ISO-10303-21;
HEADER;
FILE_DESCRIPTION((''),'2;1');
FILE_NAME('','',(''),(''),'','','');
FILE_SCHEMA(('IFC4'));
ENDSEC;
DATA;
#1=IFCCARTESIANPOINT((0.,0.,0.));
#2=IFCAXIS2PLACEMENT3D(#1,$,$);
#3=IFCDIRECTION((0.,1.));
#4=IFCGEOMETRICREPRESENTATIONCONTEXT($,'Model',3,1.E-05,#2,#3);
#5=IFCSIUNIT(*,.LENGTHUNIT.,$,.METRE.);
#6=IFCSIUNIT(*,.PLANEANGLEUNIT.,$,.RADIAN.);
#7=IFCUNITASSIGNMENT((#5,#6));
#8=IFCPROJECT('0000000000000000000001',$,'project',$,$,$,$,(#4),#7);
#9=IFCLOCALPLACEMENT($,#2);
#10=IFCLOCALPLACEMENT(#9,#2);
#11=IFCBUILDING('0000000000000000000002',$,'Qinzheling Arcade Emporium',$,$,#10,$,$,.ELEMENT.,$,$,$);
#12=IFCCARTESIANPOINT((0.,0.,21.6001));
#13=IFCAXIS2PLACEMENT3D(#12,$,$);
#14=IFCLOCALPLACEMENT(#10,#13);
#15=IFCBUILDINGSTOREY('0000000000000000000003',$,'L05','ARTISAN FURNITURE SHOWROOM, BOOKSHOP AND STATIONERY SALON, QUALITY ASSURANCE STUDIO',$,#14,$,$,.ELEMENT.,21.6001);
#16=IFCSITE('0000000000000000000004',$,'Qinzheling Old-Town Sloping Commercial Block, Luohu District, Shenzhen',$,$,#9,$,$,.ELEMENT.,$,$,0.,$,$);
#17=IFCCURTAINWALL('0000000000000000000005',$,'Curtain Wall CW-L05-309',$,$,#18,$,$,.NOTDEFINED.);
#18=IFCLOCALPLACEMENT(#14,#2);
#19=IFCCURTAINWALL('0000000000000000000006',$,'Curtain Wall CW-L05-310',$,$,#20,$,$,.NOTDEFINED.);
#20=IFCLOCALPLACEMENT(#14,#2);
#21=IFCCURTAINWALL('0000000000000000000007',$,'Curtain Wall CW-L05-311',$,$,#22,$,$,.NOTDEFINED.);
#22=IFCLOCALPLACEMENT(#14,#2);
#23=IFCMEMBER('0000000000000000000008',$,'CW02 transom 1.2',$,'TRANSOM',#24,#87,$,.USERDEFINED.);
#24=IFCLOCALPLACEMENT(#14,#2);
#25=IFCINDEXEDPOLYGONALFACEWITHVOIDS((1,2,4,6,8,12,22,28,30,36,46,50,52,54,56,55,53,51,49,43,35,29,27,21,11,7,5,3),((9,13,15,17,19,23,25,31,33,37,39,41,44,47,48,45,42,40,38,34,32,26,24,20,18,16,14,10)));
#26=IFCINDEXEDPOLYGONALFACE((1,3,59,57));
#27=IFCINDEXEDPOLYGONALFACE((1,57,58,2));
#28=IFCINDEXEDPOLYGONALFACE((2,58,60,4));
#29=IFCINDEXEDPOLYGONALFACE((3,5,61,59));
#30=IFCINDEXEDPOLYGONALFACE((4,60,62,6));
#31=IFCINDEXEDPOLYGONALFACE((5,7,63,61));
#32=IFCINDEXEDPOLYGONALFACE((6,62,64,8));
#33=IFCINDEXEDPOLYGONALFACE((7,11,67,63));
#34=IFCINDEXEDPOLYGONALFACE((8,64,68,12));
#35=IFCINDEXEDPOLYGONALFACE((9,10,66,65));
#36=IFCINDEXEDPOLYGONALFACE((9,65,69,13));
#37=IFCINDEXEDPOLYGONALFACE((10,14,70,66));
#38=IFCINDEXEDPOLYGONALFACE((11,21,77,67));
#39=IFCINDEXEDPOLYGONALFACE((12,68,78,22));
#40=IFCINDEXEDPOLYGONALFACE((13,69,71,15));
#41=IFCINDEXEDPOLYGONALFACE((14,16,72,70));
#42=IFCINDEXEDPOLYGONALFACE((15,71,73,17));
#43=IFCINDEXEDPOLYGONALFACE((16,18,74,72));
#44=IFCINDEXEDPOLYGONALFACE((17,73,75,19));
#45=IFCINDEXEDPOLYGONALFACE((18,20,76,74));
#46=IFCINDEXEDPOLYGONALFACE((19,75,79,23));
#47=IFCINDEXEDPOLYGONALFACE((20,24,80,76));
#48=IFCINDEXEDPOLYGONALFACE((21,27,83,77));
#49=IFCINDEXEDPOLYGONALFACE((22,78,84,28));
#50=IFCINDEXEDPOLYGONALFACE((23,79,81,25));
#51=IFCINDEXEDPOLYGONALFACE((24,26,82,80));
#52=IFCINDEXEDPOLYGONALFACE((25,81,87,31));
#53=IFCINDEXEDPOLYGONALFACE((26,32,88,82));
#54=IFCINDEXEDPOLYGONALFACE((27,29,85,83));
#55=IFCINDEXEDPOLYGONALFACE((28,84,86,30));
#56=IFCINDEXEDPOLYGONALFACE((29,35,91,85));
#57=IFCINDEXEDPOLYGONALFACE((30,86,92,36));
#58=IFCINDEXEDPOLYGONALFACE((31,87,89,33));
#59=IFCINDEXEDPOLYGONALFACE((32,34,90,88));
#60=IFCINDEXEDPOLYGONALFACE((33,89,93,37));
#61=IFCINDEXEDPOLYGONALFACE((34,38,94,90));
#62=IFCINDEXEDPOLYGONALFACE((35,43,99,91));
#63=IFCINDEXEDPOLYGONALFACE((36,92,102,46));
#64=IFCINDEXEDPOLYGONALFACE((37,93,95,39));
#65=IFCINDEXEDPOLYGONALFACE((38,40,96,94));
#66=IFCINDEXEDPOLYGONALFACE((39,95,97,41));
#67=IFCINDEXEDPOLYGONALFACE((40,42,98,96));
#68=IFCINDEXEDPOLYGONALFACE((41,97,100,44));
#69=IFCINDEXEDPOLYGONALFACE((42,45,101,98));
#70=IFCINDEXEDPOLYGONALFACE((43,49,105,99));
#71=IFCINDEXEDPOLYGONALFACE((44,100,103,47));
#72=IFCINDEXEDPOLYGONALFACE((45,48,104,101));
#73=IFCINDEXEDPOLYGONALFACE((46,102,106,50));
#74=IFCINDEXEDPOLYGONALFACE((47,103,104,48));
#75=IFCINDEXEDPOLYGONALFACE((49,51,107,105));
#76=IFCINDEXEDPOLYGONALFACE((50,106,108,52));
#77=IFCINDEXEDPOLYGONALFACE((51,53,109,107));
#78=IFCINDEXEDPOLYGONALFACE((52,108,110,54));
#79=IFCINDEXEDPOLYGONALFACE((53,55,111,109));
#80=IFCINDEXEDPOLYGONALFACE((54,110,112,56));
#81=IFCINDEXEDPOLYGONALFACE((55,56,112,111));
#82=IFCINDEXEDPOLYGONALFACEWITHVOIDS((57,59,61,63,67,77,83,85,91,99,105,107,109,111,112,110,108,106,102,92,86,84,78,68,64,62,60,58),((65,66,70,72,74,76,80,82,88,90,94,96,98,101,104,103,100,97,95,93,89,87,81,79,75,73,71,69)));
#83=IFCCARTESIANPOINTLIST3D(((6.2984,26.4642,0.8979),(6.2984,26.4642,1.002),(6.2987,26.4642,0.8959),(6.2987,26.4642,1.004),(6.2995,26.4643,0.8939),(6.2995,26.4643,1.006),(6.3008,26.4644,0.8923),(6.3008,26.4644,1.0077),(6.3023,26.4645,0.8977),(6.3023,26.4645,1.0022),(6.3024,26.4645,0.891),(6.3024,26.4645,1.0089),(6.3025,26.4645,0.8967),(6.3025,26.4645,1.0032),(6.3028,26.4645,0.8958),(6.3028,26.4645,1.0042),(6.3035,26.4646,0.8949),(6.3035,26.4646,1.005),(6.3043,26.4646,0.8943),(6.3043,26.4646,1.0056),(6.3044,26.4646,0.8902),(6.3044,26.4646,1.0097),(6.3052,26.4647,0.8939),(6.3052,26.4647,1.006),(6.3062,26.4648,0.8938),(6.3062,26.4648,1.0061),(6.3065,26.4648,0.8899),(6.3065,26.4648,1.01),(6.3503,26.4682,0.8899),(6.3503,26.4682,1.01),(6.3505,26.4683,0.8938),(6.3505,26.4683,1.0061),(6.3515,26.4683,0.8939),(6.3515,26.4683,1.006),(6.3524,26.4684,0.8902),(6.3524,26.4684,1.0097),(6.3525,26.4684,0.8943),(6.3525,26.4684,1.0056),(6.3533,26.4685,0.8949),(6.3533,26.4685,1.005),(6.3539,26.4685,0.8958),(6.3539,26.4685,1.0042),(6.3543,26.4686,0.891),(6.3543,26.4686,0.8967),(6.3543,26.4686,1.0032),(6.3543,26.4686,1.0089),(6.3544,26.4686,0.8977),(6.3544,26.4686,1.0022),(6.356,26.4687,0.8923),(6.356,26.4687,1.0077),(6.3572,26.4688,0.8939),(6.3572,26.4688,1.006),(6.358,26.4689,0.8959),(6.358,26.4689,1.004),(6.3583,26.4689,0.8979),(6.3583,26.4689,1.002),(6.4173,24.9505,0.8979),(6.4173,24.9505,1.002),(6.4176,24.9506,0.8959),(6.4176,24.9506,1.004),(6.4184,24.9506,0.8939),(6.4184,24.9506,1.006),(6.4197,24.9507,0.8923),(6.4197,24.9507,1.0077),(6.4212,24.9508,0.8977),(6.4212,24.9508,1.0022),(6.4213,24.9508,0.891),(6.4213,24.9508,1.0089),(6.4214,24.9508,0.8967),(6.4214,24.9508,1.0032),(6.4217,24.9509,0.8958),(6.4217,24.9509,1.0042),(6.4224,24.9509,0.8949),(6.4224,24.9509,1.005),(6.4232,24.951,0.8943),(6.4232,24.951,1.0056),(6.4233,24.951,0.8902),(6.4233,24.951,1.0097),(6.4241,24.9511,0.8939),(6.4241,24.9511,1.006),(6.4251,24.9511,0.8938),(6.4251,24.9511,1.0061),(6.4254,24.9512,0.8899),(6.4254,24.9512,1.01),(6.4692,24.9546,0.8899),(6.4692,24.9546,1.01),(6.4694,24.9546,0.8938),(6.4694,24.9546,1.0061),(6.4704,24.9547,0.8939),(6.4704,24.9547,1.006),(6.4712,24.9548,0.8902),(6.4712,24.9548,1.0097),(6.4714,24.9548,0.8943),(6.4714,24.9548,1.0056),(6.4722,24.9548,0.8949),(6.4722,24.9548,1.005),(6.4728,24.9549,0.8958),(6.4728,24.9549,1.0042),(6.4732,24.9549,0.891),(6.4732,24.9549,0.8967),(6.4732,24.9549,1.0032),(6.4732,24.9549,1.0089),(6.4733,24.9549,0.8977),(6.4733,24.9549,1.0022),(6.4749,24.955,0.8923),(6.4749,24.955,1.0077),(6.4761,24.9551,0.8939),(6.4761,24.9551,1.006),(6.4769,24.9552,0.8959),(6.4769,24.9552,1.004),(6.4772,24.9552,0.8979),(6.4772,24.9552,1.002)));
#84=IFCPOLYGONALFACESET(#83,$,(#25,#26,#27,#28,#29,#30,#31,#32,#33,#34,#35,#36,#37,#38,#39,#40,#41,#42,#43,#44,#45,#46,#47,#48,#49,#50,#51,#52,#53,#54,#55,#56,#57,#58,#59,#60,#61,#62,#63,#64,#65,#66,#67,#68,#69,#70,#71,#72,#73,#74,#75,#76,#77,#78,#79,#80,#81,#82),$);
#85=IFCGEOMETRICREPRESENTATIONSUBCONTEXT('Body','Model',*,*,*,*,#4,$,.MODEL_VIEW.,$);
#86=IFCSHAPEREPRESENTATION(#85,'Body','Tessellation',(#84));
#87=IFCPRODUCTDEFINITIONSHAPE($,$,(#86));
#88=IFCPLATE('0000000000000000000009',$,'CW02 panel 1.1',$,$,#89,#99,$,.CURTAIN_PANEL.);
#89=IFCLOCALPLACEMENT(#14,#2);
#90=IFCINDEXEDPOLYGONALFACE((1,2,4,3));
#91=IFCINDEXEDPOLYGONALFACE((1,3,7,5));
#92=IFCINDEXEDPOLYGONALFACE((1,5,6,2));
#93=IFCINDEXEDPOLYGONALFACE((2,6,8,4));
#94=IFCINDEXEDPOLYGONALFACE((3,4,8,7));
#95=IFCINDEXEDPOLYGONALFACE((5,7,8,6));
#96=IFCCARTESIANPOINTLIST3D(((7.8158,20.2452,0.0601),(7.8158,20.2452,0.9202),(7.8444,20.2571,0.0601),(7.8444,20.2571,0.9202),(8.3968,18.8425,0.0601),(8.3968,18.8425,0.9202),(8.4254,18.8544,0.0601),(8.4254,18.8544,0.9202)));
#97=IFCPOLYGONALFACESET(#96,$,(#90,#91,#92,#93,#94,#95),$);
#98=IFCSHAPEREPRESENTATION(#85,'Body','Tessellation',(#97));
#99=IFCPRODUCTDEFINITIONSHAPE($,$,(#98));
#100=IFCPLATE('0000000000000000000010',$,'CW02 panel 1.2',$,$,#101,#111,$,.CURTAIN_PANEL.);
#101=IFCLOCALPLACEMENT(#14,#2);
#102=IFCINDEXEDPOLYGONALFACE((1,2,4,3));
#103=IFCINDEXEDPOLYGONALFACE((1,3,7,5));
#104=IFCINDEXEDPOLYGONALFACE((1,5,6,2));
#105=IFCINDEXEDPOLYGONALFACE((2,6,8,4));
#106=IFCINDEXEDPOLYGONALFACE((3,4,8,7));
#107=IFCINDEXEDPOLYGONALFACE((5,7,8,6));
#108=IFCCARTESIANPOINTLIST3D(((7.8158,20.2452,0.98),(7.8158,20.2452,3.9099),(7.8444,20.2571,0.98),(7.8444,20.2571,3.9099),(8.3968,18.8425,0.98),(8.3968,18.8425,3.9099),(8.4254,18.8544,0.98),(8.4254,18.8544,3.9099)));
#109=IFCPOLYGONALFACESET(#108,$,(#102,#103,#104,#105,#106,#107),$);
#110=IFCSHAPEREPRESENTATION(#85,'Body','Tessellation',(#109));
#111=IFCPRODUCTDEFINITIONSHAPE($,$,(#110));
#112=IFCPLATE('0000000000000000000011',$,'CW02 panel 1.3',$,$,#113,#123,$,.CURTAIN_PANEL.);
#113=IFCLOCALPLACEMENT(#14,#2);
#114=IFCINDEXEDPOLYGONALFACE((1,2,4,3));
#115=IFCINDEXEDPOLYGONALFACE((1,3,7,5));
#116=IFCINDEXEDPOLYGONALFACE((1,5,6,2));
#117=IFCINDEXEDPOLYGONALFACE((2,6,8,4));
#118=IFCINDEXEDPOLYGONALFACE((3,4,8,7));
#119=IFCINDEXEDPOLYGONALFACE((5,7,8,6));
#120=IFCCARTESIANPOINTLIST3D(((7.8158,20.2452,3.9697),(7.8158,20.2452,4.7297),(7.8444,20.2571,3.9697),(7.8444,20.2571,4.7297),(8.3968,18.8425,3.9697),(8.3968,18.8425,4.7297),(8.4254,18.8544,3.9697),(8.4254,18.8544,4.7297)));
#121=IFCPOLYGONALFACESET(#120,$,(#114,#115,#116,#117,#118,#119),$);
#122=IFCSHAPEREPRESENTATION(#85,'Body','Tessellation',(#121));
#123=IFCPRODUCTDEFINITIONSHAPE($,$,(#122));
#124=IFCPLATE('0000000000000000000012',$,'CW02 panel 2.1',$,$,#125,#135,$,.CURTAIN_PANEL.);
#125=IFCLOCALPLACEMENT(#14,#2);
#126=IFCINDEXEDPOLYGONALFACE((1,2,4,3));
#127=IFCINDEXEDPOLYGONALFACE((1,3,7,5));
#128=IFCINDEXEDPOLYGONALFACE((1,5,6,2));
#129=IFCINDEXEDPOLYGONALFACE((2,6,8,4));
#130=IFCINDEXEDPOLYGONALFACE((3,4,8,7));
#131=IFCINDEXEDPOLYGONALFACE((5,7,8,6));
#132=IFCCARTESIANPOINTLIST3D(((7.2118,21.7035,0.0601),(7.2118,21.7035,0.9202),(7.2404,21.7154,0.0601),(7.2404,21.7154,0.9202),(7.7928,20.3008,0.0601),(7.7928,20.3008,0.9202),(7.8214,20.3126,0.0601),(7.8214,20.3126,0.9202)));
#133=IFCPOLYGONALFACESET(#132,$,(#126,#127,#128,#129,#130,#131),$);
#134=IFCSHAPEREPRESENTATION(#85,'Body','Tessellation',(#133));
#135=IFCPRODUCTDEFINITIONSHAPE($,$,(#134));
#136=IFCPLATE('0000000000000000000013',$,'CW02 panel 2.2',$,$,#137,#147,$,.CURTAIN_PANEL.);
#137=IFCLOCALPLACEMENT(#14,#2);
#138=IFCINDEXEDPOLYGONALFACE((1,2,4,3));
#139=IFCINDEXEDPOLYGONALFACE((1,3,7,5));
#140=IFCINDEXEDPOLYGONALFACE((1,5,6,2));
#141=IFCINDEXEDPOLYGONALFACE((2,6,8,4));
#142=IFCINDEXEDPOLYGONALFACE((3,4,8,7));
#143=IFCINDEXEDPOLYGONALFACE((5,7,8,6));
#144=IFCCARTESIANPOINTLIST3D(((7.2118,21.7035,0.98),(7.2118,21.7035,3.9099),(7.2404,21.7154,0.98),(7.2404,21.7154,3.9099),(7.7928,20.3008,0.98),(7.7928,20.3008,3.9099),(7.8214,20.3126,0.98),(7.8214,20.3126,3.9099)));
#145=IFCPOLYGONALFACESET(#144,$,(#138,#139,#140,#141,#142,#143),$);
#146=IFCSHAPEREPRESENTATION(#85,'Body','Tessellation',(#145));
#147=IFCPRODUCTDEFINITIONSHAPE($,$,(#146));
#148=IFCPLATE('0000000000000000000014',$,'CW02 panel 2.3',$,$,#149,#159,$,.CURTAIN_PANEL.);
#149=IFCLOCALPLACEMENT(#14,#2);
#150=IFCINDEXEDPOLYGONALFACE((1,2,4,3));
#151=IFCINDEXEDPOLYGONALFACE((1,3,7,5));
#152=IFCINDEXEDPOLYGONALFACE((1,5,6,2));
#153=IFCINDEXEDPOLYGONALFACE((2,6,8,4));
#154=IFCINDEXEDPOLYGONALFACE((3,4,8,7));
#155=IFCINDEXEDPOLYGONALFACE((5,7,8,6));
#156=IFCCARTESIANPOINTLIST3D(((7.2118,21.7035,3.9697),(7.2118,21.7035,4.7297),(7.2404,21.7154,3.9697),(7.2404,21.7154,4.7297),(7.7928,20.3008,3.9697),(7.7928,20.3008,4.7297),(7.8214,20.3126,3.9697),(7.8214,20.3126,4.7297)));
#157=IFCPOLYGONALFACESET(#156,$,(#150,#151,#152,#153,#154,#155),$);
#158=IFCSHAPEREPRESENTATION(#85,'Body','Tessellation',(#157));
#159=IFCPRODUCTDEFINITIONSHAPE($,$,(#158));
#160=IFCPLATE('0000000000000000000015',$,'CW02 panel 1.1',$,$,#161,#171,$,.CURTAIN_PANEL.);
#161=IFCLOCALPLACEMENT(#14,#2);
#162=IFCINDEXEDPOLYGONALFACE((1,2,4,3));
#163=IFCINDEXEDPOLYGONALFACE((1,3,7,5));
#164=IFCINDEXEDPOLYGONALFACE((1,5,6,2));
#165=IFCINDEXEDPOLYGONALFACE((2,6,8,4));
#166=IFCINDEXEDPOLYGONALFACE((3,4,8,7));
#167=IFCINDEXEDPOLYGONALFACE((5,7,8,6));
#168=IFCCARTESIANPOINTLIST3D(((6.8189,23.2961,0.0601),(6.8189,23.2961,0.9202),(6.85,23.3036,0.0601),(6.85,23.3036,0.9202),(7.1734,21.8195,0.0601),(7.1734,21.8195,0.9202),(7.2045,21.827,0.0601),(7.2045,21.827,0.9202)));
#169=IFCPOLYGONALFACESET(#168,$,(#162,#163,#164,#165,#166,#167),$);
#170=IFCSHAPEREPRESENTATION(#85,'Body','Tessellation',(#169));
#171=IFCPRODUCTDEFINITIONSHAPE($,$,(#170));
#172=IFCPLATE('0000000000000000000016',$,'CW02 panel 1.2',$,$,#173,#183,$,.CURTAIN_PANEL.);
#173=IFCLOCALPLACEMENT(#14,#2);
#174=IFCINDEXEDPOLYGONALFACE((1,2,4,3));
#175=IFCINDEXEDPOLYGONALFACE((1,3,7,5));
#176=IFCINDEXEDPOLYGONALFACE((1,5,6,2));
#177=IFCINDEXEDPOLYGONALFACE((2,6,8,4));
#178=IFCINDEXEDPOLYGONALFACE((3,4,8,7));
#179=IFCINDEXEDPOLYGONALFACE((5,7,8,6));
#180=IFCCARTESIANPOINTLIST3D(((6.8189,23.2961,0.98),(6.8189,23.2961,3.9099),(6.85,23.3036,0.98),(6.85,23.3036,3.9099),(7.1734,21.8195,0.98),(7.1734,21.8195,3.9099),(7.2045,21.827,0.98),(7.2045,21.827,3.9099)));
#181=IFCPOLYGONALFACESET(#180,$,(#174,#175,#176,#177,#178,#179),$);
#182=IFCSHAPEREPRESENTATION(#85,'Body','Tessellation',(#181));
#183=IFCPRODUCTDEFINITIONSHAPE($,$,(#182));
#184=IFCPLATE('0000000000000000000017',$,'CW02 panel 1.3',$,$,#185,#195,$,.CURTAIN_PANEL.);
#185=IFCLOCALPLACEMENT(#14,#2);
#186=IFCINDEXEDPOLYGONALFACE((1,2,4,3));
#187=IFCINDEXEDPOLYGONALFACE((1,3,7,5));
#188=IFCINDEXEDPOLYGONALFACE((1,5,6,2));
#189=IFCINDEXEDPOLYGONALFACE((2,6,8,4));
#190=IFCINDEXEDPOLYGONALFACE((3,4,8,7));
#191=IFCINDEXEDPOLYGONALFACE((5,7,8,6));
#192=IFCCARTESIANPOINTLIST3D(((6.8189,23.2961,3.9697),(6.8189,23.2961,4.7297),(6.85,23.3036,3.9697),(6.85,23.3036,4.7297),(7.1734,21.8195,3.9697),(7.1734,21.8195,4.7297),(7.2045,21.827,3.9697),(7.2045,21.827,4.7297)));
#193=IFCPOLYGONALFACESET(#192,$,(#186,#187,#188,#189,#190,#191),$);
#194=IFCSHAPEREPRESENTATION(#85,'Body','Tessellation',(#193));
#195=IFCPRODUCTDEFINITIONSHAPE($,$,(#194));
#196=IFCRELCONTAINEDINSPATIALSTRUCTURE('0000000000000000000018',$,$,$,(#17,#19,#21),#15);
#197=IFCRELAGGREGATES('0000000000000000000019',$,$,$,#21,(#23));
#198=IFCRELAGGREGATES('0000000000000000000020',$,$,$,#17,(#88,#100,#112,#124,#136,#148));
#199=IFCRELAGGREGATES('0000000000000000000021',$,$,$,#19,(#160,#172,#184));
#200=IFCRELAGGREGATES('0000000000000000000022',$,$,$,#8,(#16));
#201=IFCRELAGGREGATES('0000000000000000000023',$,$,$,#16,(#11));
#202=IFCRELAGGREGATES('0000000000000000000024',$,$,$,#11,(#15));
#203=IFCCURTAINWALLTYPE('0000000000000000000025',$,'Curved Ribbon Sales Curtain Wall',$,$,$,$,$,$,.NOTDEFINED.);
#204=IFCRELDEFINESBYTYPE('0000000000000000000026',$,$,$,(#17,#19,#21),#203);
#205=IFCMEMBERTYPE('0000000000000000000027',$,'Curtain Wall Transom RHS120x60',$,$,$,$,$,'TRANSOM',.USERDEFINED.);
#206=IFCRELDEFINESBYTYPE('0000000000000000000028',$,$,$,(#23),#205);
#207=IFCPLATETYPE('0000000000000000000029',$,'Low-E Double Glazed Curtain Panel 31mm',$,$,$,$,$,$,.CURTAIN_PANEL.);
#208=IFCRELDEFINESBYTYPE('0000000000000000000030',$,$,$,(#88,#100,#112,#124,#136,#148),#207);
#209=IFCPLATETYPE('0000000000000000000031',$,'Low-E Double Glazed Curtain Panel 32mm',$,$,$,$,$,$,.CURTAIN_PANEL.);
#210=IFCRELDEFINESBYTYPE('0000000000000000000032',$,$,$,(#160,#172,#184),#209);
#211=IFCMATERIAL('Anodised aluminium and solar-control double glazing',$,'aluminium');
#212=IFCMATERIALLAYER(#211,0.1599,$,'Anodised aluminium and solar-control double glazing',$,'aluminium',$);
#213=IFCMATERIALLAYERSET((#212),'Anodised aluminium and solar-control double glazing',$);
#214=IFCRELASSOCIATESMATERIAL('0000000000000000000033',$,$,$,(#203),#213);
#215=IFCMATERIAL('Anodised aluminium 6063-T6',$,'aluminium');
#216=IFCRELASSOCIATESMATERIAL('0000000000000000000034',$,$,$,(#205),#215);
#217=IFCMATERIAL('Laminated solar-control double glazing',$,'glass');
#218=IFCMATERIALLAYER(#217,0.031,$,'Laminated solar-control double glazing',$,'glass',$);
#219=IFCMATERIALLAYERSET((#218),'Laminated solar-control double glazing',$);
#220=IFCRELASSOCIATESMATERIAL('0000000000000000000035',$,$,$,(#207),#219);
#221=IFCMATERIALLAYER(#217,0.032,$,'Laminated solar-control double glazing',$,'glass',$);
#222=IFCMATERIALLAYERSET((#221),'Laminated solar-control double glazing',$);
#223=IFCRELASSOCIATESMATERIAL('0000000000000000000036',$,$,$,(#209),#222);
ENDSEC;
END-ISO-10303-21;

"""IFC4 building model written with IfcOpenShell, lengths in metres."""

from ifc_helpers import new_model, si_unit, direction, frame, origin, origin_2d, place, context, subcontext, project, spatial, rectangle, hollow_rectangle, extrude, material, layer, layer_set, material_profile, profile_set, type_object, element, aggregate, save


model = new_model("IFC4")

# Units and contexts
model_context = context("Model", 3, precision=1e-05, world=origin(), true_north=direction((0.0, 1.0)))
body_context = subcontext(model_context, "Body", "Model", "MODEL_VIEW")
ifc_project = project(units=[si_unit("LENGTHUNIT", "METRE"), si_unit("PLANEANGLEUNIT", "RADIAN")], contexts=[model_context])

# Site, building, storey
site_placement = place(None, origin())
site = spatial("IfcSite", under=ifc_project, at=site_placement, Name="Qinzheling Old-Town Sloping Commercial Block, Luohu District, Shenzhen", CompositionType="ELEMENT", RefElevation=0.0)
building_placement = place(site_placement, origin())
building = spatial("IfcBuilding", under=site, at=building_placement, Name="Qinzheling Arcade Emporium", CompositionType="ELEMENT")
storey_placement = place(building_placement, frame((0.0, 0.0, 21.6001)))
storey = spatial("IfcBuildingStorey", under=building, at=storey_placement, Name="L05", Description="ARTISAN FURNITURE SHOWROOM, BOOKSHOP AND STATIONERY SALON, QUALITY ASSURANCE STUDIO", CompositionType="ELEMENT", Elevation=21.6001)

# Curtain walls
ifc_material_1 = material(Name="Anodised aluminium and solar-control double glazing", Category="aluminium")
ifc_layer_1 = layer(ifc_material_1, 0.1599, Name="Anodised aluminium and solar-control double glazing", Category="aluminium")
ifc_layer_set_1 = layer_set([ifc_layer_1], Name="Anodised aluminium and solar-control double glazing")
curtain_wall_type = type_object("IfcCurtainWallType", Name="Curved Ribbon Sales Curtain Wall", PredefinedType="NOTDEFINED", material=ifc_layer_set_1)
curtain_wall_1_placement = place(storey_placement, origin())
curtain_wall_1 = element("IfcCurtainWall", 1, at=curtain_wall_1_placement, inside=storey, type_object=curtain_wall_type, Name="Curtain Wall CW-L05-309", PredefinedType="NOTDEFINED")
ifc_material_2 = material(Name="Anodised aluminium 6063-T6", Category="aluminium")
curtain_wall_2_placement = place(storey_placement, origin())
curtain_wall_2 = element("IfcCurtainWall", 2, at=curtain_wall_2_placement, inside=storey, type_object=curtain_wall_type, Name="Curtain Wall CW-L05-310", PredefinedType="NOTDEFINED")

# Curtain wall
curtain_wall_3_placement = place(storey_placement, origin())
curtain_wall_3 = element("IfcCurtainWall", 3, at=curtain_wall_3_placement, inside=storey, type_object=curtain_wall_type, Name="Curtain Wall CW-L05-311", PredefinedType="NOTDEFINED")

# Member
ifc_material_profile_1 = material_profile(ifc_material_2, hollow_rectangle(XDim=0.0601, YDim=0.1201, WallThickness=0.0039, InnerFilletRadius=0.0039, OuterFilletRadius=0.0081, at=origin_2d()), Name="RHS 120x60x4", Category="aluminium")
ifc_profile_set_1 = profile_set([ifc_material_profile_1], Name="Anodised aluminium 6063-T6")
member_type_1 = type_object("IfcMemberType", Name="Curtain Wall Transom RHS120x60", ElementType="TRANSOM", PredefinedType="USERDEFINED", material=ifc_profile_set_1)
member_1_placement = place(storey_placement, frame((6.4473, 24.9529, 0.95), z_axis=(-0.078307, 0.996929, 0.0), x_axis=(-0.996929, -0.078307, 0.0)))
member_1 = element("IfcMember", 4, at=member_1_placement, type_object=member_type_1, Name="CW02 transom 1.2", ObjectType="TRANSOM", PredefinedType="USERDEFINED", context=body_context, shape_type="SweptSolid", body=[
    extrude(hollow_rectangle(XDim=0.0601, YDim=0.1201, WallThickness=0.0039, InnerFilletRadius=0.0039, OuterFilletRadius=0.0081, at=origin_2d()), origin(), (0.0, 0.0, 1.0), 1.5183),
])
aggregate(curtain_wall_3, [member_1])

# Plates
ifc_material_3 = material(Name="Laminated solar-control double glazing", Category="glass")
ifc_layer_2 = layer(ifc_material_3, 0.031, Name="Laminated solar-control double glazing", Category="glass")
ifc_layer_set_2 = layer_set([ifc_layer_2], Name="Laminated solar-control double glazing")
plate_type_1 = type_object("IfcPlateType", Name="Low-E Double Glazed Curtain Panel 31mm", PredefinedType="CURTAIN_PANEL", material=ifc_layer_set_2)
plate_1_placement = place(storey_placement, frame((8.1206, 19.5498, 0.0601), z_axis=(0.0, 0.0, 1.0), x_axis=(-0.382672, 0.923884, 0.0)))
plate_1 = element("IfcPlate", 5, at=plate_1_placement, type_object=plate_type_1, Name="CW02 panel 1.1", PredefinedType="CURTAIN_PANEL", context=body_context, shape_type="SweptSolid", body=[
    extrude(rectangle(XDim=1.5183, YDim=0.031, at=origin_2d()), origin(), (0.0, 0.0, 1.0), 0.8601),
])
plate_2_placement = place(storey_placement, frame((8.1206, 19.5498, 0.98), z_axis=(0.0, 0.0, 1.0), x_axis=(-0.382672, 0.923884, 0.0)))
plate_2 = element("IfcPlate", 6, at=plate_2_placement, type_object=plate_type_1, Name="CW02 panel 1.2", PredefinedType="CURTAIN_PANEL", context=body_context, shape_type="SweptSolid", body=[
    extrude(rectangle(XDim=1.5183, YDim=0.031, at=origin_2d()), origin(), (0.0, 0.0, 1.0), 2.9299),
])
plate_3_placement = place(storey_placement, frame((8.1206, 19.5498, 3.9697), z_axis=(0.0, 0.0, 1.0), x_axis=(-0.382672, 0.923884, 0.0)))
plate_3 = element("IfcPlate", 7, at=plate_3_placement, type_object=plate_type_1, Name="CW02 panel 1.3", PredefinedType="CURTAIN_PANEL", context=body_context, shape_type="SweptSolid", body=[
    extrude(rectangle(XDim=1.5183, YDim=0.031, at=origin_2d()), origin(), (0.0, 0.0, 1.0), 0.76),
])
plate_4_placement = place(storey_placement, frame((7.5166, 21.0081, 0.0601), z_axis=(0.0, 0.0, 1.0), x_axis=(-0.382672, 0.923884, 0.0)))
plate_4 = element("IfcPlate", 8, at=plate_4_placement, type_object=plate_type_1, Name="CW02 panel 2.1", PredefinedType="CURTAIN_PANEL", context=body_context, shape_type="SweptSolid", body=[
    extrude(rectangle(XDim=1.5183, YDim=0.031, at=origin_2d()), origin(), (0.0, 0.0, 1.0), 0.8601),
])
plate_5_placement = place(storey_placement, frame((7.5166, 21.0081, 0.98), z_axis=(0.0, 0.0, 1.0), x_axis=(-0.382672, 0.923884, 0.0)))
plate_5 = element("IfcPlate", 9, at=plate_5_placement, type_object=plate_type_1, Name="CW02 panel 2.2", PredefinedType="CURTAIN_PANEL", context=body_context, shape_type="SweptSolid", body=[
    extrude(rectangle(XDim=1.5183, YDim=0.031, at=origin_2d()), origin(), (0.0, 0.0, 1.0), 2.9299),
])
plate_6_placement = place(storey_placement, frame((7.5166, 21.0081, 3.9697), z_axis=(0.0, 0.0, 1.0), x_axis=(-0.382672, 0.923884, 0.0)))
plate_6 = element("IfcPlate", 10, at=plate_6_placement, type_object=plate_type_1, Name="CW02 panel 2.3", PredefinedType="CURTAIN_PANEL", context=body_context, shape_type="SweptSolid", body=[
    extrude(rectangle(XDim=1.5183, YDim=0.031, at=origin_2d()), origin(), (0.0, 0.0, 1.0), 0.76),
])
aggregate(curtain_wall_1, [plate_1, plate_2, plate_3, plate_4, plate_5, plate_6])
ifc_layer_3 = layer(ifc_material_3, 0.032, Name="Laminated solar-control double glazing", Category="glass")
ifc_layer_set_3 = layer_set([ifc_layer_3], Name="Laminated solar-control double glazing")
plate_type_2 = type_object("IfcPlateType", Name="Low-E Double Glazed Curtain Panel 32mm", PredefinedType="CURTAIN_PANEL", material=ifc_layer_set_3)
plate_7_placement = place(storey_placement, frame((7.0117, 22.5615, 0.0601), z_axis=(0.0, 0.0, 1.0), x_axis=(-0.233455, 0.972368, 0.0)))
plate_7 = element("IfcPlate", 11, at=plate_7_placement, type_object=plate_type_2, Name="CW02 panel 1.1", PredefinedType="CURTAIN_PANEL", context=body_context, shape_type="SweptSolid", body=[
    extrude(rectangle(XDim=1.5186, YDim=0.032, at=origin_2d()), origin(), (0.0, 0.0, 1.0), 0.8601),
])
plate_8_placement = place(storey_placement, frame((7.0117, 22.5615, 0.98), z_axis=(0.0, 0.0, 1.0), x_axis=(-0.233455, 0.972368, 0.0)))
plate_8 = element("IfcPlate", 12, at=plate_8_placement, type_object=plate_type_2, Name="CW02 panel 1.2", PredefinedType="CURTAIN_PANEL", context=body_context, shape_type="SweptSolid", body=[
    extrude(rectangle(XDim=1.5186, YDim=0.032, at=origin_2d()), origin(), (0.0, 0.0, 1.0), 2.9299),
])
plate_9_placement = place(storey_placement, frame((7.0117, 22.5615, 3.9697), z_axis=(0.0, 0.0, 1.0), x_axis=(-0.233455, 0.972368, 0.0)))
plate_9 = element("IfcPlate", 13, at=plate_9_placement, type_object=plate_type_2, Name="CW02 panel 1.3", PredefinedType="CURTAIN_PANEL", context=body_context, shape_type="SweptSolid", body=[
    extrude(rectangle(XDim=1.5186, YDim=0.032, at=origin_2d()), origin(), (0.0, 0.0, 1.0), 0.76),
])
aggregate(curtain_wall_2, [plate_7, plate_8, plate_9])

save(model, "model.ifc")
